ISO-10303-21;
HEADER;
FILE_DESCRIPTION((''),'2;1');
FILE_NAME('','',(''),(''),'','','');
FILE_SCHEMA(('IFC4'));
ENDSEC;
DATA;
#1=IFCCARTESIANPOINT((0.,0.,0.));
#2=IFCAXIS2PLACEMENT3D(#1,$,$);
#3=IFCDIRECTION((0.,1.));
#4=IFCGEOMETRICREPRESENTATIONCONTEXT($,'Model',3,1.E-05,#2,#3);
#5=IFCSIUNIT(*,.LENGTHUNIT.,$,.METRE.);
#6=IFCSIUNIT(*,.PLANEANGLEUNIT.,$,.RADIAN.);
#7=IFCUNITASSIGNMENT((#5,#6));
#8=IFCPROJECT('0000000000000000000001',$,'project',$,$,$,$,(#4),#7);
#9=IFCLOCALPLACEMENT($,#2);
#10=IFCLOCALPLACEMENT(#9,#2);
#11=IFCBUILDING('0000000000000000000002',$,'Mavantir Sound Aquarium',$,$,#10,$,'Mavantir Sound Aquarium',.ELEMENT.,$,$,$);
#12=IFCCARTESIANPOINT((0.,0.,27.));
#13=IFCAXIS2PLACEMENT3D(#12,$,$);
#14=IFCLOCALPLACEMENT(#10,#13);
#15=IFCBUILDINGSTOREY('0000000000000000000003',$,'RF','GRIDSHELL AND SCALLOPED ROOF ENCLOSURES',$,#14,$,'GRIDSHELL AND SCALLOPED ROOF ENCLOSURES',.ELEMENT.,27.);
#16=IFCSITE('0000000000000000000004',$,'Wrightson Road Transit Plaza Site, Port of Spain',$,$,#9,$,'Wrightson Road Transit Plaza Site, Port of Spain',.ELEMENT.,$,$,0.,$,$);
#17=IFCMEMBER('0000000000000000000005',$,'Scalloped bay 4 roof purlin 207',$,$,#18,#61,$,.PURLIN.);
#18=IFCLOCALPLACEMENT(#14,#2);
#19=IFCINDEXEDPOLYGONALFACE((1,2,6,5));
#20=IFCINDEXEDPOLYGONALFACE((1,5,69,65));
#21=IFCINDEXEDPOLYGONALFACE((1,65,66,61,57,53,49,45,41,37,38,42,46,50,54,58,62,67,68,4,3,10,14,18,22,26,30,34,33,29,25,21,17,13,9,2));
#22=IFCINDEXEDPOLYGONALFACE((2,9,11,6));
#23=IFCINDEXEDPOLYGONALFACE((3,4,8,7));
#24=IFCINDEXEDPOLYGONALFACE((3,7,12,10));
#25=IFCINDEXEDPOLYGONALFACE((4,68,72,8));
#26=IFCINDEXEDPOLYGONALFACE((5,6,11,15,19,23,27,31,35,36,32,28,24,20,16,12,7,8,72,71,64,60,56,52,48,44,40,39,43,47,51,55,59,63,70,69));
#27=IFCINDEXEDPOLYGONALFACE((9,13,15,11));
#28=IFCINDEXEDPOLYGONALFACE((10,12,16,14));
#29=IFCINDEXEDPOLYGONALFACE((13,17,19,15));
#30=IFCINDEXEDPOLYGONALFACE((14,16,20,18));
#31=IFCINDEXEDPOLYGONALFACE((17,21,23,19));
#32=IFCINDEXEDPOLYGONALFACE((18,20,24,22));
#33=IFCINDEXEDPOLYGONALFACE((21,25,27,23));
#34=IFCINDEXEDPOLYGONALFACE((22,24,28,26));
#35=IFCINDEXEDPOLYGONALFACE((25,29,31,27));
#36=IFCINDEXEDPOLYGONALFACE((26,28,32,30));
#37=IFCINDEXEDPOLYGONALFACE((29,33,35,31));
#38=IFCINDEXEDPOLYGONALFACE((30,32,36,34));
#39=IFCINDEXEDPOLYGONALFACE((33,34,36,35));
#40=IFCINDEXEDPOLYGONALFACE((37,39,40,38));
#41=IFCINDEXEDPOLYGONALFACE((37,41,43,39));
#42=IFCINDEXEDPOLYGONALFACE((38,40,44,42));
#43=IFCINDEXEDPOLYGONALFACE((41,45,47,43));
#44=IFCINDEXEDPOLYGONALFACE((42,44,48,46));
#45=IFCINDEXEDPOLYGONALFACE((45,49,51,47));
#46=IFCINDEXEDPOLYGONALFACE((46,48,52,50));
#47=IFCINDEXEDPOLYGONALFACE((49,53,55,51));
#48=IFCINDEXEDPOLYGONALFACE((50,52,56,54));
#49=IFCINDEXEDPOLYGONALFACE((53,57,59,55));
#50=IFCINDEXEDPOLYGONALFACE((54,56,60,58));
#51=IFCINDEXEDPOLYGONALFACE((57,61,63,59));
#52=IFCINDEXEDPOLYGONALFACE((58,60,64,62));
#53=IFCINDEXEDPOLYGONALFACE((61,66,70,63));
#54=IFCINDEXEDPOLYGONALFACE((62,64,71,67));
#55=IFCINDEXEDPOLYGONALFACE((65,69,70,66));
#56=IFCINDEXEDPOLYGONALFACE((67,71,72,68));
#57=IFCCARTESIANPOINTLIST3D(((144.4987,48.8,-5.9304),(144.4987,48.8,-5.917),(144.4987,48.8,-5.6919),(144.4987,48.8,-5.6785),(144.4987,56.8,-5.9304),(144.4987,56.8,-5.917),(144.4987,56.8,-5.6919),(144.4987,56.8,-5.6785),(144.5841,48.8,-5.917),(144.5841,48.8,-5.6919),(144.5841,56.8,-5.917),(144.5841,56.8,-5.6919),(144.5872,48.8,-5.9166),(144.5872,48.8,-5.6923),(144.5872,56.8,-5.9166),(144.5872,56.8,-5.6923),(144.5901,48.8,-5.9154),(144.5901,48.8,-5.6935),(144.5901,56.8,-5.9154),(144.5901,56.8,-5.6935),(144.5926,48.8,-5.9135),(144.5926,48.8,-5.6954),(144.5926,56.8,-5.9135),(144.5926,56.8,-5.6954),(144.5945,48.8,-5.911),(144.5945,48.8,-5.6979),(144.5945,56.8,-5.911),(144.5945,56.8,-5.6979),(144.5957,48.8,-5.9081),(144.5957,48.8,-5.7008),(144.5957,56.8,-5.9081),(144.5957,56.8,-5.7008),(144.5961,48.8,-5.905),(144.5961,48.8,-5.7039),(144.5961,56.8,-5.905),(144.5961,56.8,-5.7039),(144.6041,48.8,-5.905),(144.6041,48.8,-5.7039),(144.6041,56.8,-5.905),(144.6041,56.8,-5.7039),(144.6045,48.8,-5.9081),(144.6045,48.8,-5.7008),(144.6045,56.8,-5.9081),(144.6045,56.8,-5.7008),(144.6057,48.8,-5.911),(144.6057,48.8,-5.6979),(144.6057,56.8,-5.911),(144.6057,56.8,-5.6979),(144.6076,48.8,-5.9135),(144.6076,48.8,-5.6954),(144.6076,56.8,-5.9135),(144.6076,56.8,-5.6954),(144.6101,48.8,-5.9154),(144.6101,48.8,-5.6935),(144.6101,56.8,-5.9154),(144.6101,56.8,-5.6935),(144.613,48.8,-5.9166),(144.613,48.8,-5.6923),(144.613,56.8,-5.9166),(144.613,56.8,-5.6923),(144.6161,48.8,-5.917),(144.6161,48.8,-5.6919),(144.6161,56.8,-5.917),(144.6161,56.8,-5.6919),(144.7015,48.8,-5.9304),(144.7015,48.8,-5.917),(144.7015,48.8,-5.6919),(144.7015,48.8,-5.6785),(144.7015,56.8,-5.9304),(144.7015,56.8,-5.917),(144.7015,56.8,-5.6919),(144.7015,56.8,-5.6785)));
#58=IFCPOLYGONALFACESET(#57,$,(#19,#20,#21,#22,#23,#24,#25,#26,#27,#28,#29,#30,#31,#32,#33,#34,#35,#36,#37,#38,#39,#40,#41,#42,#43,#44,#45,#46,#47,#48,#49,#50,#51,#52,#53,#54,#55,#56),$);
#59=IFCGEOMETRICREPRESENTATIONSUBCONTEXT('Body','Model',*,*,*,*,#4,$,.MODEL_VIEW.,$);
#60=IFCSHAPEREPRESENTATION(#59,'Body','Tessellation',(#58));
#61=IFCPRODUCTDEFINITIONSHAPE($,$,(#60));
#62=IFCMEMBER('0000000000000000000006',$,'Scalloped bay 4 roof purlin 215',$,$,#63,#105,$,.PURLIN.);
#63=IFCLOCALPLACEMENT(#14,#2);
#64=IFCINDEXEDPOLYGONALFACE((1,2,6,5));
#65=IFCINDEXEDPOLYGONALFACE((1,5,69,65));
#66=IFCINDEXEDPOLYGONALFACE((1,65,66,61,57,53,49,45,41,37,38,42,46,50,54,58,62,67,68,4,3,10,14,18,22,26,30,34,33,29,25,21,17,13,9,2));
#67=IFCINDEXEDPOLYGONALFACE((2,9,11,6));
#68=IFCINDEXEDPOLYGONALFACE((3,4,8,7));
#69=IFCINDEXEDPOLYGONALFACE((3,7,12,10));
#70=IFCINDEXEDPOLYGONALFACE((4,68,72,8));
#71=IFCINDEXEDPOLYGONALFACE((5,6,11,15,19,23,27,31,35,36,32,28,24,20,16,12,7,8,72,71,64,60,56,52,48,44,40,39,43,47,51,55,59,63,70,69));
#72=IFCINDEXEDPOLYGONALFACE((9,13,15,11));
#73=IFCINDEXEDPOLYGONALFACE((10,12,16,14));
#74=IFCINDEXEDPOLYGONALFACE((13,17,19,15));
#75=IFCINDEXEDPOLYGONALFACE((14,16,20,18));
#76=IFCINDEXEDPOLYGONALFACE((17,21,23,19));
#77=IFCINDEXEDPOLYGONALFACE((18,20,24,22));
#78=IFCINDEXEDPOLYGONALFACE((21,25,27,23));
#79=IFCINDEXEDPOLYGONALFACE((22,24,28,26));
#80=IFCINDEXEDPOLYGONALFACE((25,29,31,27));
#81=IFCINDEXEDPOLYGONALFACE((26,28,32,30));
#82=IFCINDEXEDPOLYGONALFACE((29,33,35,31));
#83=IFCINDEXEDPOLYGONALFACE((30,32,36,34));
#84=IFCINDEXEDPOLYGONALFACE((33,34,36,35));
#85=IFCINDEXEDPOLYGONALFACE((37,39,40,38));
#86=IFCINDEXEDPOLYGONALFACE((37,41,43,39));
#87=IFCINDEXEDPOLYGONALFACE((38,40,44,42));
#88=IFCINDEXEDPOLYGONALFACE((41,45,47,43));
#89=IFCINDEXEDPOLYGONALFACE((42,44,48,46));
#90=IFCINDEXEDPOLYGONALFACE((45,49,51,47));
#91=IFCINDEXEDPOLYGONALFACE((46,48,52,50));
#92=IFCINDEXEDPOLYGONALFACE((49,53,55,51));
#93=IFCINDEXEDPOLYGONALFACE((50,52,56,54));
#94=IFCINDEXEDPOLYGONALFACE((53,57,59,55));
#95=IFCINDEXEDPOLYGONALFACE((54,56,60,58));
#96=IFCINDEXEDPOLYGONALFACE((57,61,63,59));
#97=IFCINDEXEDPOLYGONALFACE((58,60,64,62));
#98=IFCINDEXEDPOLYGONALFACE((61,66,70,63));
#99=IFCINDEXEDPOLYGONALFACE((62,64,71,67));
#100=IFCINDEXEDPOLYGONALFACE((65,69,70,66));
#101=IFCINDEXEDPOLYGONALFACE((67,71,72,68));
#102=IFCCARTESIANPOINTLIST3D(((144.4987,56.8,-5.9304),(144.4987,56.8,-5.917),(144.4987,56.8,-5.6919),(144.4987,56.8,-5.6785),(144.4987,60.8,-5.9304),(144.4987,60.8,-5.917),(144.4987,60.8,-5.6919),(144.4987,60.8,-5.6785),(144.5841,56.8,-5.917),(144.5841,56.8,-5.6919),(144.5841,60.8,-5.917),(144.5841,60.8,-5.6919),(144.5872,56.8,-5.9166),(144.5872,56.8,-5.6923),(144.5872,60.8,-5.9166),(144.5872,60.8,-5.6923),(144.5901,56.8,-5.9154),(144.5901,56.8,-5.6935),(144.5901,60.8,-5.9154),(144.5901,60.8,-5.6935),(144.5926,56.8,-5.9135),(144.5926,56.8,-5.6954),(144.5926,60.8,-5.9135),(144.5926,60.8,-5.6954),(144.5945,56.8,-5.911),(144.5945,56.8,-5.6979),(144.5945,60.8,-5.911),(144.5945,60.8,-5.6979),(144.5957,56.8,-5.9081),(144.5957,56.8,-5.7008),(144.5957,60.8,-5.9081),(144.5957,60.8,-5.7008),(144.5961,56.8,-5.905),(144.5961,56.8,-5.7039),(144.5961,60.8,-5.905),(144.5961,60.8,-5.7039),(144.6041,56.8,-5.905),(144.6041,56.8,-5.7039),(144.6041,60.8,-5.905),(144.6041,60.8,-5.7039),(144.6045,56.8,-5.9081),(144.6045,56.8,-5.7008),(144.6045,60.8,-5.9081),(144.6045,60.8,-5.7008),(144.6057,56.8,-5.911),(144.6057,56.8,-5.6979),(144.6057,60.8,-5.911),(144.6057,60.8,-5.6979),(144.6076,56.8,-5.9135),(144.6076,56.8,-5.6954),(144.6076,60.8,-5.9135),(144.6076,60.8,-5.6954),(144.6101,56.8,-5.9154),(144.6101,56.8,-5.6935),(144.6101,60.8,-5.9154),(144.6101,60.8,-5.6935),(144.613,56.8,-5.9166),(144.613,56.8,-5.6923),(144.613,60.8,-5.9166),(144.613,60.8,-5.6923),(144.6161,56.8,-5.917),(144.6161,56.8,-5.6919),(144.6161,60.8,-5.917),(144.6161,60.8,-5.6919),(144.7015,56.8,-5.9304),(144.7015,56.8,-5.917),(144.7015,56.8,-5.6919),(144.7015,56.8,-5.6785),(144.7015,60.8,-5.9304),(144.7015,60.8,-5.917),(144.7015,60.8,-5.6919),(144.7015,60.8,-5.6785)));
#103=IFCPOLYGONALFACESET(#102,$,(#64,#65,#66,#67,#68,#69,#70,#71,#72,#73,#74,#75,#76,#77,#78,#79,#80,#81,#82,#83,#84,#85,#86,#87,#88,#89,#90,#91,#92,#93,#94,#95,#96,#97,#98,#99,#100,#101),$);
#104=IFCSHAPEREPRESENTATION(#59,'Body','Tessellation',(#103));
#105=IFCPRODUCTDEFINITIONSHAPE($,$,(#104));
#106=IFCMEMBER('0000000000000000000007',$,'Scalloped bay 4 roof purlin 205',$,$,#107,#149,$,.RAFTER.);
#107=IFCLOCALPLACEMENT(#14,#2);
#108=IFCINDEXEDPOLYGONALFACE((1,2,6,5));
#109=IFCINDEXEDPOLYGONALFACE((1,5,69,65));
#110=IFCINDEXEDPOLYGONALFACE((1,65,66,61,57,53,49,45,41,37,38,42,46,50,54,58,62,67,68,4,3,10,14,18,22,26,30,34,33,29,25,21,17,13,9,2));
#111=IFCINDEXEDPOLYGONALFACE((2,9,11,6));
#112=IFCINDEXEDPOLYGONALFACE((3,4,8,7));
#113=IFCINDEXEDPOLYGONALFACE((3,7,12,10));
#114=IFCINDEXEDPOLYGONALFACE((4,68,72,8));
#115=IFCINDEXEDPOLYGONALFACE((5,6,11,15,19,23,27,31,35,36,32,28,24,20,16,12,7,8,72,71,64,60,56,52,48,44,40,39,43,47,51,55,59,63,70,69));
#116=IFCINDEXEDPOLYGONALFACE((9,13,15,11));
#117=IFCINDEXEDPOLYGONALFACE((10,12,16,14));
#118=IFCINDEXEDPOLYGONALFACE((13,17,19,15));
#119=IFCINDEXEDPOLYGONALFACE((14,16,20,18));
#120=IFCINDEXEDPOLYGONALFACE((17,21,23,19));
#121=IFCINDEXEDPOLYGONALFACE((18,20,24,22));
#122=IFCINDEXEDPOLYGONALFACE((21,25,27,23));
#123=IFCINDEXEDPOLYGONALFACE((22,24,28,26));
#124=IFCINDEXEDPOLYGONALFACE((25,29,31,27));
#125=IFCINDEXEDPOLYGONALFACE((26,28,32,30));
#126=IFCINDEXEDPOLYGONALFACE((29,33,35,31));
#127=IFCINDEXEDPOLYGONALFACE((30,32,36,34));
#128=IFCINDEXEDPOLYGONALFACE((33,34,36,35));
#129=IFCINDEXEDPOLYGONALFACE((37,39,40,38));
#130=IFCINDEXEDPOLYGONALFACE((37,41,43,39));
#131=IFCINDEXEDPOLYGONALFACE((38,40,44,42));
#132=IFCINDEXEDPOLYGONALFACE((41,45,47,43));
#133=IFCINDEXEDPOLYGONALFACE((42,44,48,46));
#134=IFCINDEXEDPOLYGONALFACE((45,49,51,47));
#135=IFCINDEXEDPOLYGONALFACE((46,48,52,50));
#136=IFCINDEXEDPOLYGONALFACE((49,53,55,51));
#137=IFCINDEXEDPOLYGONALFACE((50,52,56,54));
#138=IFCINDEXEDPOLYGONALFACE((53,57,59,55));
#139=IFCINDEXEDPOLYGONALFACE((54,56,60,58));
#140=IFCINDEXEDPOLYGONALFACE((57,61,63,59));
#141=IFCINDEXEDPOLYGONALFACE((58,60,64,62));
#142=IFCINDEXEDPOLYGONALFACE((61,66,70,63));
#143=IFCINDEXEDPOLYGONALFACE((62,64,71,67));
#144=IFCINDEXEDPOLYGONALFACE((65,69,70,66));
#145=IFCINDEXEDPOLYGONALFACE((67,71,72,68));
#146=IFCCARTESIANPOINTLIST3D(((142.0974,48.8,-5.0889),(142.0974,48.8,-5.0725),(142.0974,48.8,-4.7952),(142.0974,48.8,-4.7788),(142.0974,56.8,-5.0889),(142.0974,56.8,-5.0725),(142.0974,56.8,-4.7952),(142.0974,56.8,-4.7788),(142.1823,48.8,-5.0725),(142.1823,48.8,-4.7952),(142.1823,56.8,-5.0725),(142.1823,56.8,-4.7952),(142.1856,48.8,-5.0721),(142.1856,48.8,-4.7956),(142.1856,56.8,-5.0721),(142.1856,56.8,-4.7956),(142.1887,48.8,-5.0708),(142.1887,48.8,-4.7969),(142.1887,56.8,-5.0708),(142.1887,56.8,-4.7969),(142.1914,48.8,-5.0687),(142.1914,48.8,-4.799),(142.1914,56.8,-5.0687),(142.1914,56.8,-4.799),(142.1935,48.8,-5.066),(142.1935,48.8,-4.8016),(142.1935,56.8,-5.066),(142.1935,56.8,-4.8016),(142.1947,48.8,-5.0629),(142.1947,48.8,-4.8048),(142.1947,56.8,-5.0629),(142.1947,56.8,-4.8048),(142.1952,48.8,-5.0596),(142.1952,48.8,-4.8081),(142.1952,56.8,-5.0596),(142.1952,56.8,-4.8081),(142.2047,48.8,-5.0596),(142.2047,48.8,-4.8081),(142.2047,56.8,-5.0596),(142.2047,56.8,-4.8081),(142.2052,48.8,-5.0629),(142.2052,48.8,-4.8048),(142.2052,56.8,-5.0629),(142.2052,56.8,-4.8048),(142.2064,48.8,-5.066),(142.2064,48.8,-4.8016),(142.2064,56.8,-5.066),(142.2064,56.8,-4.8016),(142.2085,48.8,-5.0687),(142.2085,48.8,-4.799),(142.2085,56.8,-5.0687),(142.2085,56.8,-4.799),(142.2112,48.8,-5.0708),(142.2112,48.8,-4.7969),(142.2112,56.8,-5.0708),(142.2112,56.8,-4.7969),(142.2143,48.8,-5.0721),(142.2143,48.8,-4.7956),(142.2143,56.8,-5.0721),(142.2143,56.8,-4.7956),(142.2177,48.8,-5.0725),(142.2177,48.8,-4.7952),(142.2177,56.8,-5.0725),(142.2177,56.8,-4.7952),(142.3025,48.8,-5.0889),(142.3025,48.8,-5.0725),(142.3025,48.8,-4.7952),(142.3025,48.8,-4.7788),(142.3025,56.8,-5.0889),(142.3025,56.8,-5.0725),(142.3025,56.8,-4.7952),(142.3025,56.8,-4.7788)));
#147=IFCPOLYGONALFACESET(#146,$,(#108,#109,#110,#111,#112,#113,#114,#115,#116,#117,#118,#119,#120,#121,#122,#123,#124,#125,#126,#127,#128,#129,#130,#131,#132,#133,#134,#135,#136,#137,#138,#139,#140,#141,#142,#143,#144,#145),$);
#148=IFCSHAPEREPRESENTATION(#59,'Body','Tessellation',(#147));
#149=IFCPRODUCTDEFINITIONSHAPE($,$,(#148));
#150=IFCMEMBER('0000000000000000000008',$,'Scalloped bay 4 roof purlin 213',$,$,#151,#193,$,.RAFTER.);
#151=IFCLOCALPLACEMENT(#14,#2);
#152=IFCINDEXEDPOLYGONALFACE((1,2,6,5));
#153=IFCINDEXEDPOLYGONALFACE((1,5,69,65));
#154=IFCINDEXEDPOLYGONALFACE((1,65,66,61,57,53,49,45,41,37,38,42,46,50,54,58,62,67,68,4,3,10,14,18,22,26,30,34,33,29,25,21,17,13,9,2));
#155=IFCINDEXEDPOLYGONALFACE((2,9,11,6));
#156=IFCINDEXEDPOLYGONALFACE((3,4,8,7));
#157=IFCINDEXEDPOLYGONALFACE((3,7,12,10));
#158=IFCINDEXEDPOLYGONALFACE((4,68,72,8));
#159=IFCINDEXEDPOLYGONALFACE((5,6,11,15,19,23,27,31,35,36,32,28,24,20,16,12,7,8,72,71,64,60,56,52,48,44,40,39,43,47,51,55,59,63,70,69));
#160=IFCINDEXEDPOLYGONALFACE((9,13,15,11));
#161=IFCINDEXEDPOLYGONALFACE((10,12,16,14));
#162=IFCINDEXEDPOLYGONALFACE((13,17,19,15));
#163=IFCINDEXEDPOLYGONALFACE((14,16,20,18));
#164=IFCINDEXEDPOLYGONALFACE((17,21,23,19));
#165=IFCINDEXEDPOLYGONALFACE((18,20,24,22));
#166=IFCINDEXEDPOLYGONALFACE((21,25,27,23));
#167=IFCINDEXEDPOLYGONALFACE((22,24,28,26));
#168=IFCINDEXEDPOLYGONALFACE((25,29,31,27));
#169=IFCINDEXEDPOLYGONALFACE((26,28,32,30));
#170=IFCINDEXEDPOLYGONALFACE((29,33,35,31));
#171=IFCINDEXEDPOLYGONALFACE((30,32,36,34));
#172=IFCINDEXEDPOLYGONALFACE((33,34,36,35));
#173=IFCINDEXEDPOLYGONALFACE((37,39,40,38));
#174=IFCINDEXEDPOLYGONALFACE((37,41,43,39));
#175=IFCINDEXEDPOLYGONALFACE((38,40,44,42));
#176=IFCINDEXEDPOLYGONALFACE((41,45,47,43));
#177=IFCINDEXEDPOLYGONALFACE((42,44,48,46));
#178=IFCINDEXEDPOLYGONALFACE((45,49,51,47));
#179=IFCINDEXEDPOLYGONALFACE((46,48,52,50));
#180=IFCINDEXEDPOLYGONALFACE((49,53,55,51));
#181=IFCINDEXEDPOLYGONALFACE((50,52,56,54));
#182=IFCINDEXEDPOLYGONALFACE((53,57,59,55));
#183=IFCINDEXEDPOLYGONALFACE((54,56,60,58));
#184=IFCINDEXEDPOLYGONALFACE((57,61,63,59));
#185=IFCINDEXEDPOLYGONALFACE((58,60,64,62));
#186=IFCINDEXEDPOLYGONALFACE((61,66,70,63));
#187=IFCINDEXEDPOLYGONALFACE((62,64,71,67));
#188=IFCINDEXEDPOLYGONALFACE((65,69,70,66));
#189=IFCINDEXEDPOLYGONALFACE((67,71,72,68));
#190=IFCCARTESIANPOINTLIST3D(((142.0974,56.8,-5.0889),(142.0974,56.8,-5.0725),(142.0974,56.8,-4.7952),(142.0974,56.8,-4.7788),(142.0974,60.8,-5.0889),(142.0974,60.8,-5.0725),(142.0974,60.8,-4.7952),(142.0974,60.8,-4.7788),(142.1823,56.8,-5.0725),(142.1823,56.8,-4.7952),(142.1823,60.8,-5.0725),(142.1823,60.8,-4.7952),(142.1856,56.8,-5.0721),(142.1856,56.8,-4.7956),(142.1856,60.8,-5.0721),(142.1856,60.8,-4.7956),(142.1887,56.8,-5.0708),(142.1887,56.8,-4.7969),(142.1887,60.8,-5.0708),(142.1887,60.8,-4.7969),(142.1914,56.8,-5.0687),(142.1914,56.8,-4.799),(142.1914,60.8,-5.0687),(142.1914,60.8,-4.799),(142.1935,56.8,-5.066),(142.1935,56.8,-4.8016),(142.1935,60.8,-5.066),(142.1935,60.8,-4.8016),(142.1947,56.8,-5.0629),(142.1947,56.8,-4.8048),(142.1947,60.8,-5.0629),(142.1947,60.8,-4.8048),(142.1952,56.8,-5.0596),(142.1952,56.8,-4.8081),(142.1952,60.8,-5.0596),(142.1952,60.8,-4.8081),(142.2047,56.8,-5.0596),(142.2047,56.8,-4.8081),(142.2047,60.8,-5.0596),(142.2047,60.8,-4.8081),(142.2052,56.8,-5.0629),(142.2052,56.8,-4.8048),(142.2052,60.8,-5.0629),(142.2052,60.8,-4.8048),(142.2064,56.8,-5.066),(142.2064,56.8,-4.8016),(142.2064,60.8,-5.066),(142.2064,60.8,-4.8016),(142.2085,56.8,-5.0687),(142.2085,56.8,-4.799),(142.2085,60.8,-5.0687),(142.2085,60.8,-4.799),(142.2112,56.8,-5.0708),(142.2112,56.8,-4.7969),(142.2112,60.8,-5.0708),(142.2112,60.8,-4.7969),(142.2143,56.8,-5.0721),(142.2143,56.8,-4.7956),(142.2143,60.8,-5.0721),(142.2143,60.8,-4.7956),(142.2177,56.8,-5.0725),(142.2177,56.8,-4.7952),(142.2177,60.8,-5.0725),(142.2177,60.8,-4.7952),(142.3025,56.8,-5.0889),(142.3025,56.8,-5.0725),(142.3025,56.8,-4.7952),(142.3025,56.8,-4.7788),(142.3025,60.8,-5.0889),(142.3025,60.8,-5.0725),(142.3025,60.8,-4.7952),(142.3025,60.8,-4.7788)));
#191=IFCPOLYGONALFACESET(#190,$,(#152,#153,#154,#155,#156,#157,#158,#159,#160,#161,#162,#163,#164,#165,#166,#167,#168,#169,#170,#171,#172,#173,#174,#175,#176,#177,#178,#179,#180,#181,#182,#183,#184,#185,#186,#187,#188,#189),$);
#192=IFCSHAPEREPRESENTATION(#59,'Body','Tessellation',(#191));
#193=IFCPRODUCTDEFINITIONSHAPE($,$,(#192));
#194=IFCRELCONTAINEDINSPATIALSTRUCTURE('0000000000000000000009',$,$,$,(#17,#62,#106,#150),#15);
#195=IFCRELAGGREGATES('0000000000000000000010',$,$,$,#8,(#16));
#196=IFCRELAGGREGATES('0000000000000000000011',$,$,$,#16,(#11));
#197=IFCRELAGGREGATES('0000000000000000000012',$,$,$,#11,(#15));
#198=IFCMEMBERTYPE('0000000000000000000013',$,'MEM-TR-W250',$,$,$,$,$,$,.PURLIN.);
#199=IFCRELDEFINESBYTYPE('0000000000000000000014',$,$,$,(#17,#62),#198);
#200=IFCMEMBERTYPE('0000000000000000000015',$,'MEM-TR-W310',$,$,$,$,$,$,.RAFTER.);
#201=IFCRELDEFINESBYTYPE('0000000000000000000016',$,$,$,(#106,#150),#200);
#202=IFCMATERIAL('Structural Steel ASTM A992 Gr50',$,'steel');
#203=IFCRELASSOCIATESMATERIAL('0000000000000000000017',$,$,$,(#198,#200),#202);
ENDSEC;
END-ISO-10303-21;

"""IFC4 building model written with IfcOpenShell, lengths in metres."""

from ifc_helpers import new_model, si_unit, direction, frame, origin, origin_2d, place, context, subcontext, project, spatial, i_section, extrude, material, material_profile, profile_set, type_object, element, save


model = new_model("IFC4")

# Units and contexts
model_context = context("Model", 3, precision=1e-05, world=origin(), true_north=direction((0.0, 1.0)))
body_context = subcontext(model_context, "Body", "Model", "MODEL_VIEW")
ifc_project = project(units=[si_unit("LENGTHUNIT", "METRE"), si_unit("PLANEANGLEUNIT", "RADIAN")], contexts=[model_context])

# Site, building, storey
site_placement = place(None, origin())
site = spatial("IfcSite", under=ifc_project, at=site_placement, Name="Wrightson Road Transit Plaza Site, Port of Spain", LongName="Wrightson Road Transit Plaza Site, Port of Spain", CompositionType="ELEMENT", RefElevation=0.0)
building_placement = place(site_placement, origin())
building = spatial("IfcBuilding", under=site, at=building_placement, Name="Mavantir Sound Aquarium", LongName="Mavantir Sound Aquarium", CompositionType="ELEMENT")
storey_placement = place(building_placement, frame((0.0, 0.0, 27.0)))
storey = spatial("IfcBuildingStorey", under=building, at=storey_placement, Name="RF", Description="GRIDSHELL AND SCALLOPED ROOF ENCLOSURES", LongName="GRIDSHELL AND SCALLOPED ROOF ENCLOSURES", CompositionType="ELEMENT", Elevation=27.0)

# Shared definitions
ifc_material_1 = material(Name="Structural Steel ASTM A992 Gr50", Category="steel")

# Members
ifc_material_profile_1 = material_profile(ifc_material_1, i_section(OverallWidth=0.2029, OverallDepth=0.252, WebThickness=0.0081, FlangeThickness=0.0134, FilletRadius=0.012, at=origin_2d()), Name="W250X58")
ifc_profile_set_1 = profile_set([ifc_material_profile_1], Name="Structural Steel ASTM A992 Gr50")
member_type_1 = type_object("IfcMemberType", Name="MEM-TR-W250", PredefinedType="PURLIN", material=ifc_profile_set_1)
member_1_placement = place(storey_placement, frame((144.6001, 48.8, -5.8044), z_axis=(0.0, 1.0, 0.0), x_axis=(-1.0, 0.0, 0.0)))
element("IfcMember", 1, at=member_1_placement, inside=storey, type_object=member_type_1, Name="Scalloped bay 4 roof purlin 207", PredefinedType="PURLIN", context=body_context, shape_type="SweptSolid", body=[
    extrude(i_section(OverallWidth=0.2029, OverallDepth=0.252, WebThickness=0.0081, FlangeThickness=0.0134, FilletRadius=0.012, at=origin_2d()), origin(), (0.0, 0.0, 1.0), 8.0),
])
member_2_placement = place(storey_placement, frame((144.6001, 56.8, -5.8044), z_axis=(0.0, 1.0, 0.0), x_axis=(-1.0, 0.0, 0.0)))
element("IfcMember", 2, at=member_2_placement, inside=storey, type_object=member_type_1, Name="Scalloped bay 4 roof purlin 215", PredefinedType="PURLIN", context=body_context, shape_type="SweptSolid", body=[
    extrude(i_section(OverallWidth=0.2029, OverallDepth=0.252, WebThickness=0.0081, FlangeThickness=0.0134, FilletRadius=0.012, at=origin_2d()), origin(), (0.0, 0.0, 1.0), 4.0),
])
ifc_material_profile_2 = material_profile(ifc_material_1, i_section(OverallWidth=0.2051, OverallDepth=0.3101, WebThickness=0.0095, FlangeThickness=0.0164, FilletRadius=0.0129, at=origin_2d()), Name="W310X74")
ifc_profile_set_2 = profile_set([ifc_material_profile_2], Name="Structural Steel ASTM A992 Gr50")
member_type_2 = type_object("IfcMemberType", Name="MEM-TR-W310", PredefinedType="RAFTER", material=ifc_profile_set_2)
member_3_placement = place(storey_placement, frame((142.2, 48.8, -4.9338), z_axis=(0.0, 1.0, 0.0), x_axis=(-1.0, 0.0, 0.0)))
element("IfcMember", 3, at=member_3_placement, inside=storey, type_object=member_type_2, Name="Scalloped bay 4 roof purlin 205", PredefinedType="RAFTER", context=body_context, shape_type="SweptSolid", body=[
    extrude(i_section(OverallWidth=0.2051, OverallDepth=0.3101, WebThickness=0.0095, FlangeThickness=0.0164, FilletRadius=0.0129, at=origin_2d()), origin(), (0.0, 0.0, 1.0), 8.0),
])
member_4_placement = place(storey_placement, frame((142.2, 56.8, -4.9338), z_axis=(0.0, 1.0, 0.0), x_axis=(-1.0, 0.0, 0.0)))
element("IfcMember", 4, at=member_4_placement, inside=storey, type_object=member_type_2, Name="Scalloped bay 4 roof purlin 213", PredefinedType="RAFTER", context=body_context, shape_type="SweptSolid", body=[
    extrude(i_section(OverallWidth=0.2051, OverallDepth=0.3101, WebThickness=0.0095, FlangeThickness=0.0164, FilletRadius=0.0129, at=origin_2d()), origin(), (0.0, 0.0, 1.0), 4.0),
])

save(model, "model.ifc")
